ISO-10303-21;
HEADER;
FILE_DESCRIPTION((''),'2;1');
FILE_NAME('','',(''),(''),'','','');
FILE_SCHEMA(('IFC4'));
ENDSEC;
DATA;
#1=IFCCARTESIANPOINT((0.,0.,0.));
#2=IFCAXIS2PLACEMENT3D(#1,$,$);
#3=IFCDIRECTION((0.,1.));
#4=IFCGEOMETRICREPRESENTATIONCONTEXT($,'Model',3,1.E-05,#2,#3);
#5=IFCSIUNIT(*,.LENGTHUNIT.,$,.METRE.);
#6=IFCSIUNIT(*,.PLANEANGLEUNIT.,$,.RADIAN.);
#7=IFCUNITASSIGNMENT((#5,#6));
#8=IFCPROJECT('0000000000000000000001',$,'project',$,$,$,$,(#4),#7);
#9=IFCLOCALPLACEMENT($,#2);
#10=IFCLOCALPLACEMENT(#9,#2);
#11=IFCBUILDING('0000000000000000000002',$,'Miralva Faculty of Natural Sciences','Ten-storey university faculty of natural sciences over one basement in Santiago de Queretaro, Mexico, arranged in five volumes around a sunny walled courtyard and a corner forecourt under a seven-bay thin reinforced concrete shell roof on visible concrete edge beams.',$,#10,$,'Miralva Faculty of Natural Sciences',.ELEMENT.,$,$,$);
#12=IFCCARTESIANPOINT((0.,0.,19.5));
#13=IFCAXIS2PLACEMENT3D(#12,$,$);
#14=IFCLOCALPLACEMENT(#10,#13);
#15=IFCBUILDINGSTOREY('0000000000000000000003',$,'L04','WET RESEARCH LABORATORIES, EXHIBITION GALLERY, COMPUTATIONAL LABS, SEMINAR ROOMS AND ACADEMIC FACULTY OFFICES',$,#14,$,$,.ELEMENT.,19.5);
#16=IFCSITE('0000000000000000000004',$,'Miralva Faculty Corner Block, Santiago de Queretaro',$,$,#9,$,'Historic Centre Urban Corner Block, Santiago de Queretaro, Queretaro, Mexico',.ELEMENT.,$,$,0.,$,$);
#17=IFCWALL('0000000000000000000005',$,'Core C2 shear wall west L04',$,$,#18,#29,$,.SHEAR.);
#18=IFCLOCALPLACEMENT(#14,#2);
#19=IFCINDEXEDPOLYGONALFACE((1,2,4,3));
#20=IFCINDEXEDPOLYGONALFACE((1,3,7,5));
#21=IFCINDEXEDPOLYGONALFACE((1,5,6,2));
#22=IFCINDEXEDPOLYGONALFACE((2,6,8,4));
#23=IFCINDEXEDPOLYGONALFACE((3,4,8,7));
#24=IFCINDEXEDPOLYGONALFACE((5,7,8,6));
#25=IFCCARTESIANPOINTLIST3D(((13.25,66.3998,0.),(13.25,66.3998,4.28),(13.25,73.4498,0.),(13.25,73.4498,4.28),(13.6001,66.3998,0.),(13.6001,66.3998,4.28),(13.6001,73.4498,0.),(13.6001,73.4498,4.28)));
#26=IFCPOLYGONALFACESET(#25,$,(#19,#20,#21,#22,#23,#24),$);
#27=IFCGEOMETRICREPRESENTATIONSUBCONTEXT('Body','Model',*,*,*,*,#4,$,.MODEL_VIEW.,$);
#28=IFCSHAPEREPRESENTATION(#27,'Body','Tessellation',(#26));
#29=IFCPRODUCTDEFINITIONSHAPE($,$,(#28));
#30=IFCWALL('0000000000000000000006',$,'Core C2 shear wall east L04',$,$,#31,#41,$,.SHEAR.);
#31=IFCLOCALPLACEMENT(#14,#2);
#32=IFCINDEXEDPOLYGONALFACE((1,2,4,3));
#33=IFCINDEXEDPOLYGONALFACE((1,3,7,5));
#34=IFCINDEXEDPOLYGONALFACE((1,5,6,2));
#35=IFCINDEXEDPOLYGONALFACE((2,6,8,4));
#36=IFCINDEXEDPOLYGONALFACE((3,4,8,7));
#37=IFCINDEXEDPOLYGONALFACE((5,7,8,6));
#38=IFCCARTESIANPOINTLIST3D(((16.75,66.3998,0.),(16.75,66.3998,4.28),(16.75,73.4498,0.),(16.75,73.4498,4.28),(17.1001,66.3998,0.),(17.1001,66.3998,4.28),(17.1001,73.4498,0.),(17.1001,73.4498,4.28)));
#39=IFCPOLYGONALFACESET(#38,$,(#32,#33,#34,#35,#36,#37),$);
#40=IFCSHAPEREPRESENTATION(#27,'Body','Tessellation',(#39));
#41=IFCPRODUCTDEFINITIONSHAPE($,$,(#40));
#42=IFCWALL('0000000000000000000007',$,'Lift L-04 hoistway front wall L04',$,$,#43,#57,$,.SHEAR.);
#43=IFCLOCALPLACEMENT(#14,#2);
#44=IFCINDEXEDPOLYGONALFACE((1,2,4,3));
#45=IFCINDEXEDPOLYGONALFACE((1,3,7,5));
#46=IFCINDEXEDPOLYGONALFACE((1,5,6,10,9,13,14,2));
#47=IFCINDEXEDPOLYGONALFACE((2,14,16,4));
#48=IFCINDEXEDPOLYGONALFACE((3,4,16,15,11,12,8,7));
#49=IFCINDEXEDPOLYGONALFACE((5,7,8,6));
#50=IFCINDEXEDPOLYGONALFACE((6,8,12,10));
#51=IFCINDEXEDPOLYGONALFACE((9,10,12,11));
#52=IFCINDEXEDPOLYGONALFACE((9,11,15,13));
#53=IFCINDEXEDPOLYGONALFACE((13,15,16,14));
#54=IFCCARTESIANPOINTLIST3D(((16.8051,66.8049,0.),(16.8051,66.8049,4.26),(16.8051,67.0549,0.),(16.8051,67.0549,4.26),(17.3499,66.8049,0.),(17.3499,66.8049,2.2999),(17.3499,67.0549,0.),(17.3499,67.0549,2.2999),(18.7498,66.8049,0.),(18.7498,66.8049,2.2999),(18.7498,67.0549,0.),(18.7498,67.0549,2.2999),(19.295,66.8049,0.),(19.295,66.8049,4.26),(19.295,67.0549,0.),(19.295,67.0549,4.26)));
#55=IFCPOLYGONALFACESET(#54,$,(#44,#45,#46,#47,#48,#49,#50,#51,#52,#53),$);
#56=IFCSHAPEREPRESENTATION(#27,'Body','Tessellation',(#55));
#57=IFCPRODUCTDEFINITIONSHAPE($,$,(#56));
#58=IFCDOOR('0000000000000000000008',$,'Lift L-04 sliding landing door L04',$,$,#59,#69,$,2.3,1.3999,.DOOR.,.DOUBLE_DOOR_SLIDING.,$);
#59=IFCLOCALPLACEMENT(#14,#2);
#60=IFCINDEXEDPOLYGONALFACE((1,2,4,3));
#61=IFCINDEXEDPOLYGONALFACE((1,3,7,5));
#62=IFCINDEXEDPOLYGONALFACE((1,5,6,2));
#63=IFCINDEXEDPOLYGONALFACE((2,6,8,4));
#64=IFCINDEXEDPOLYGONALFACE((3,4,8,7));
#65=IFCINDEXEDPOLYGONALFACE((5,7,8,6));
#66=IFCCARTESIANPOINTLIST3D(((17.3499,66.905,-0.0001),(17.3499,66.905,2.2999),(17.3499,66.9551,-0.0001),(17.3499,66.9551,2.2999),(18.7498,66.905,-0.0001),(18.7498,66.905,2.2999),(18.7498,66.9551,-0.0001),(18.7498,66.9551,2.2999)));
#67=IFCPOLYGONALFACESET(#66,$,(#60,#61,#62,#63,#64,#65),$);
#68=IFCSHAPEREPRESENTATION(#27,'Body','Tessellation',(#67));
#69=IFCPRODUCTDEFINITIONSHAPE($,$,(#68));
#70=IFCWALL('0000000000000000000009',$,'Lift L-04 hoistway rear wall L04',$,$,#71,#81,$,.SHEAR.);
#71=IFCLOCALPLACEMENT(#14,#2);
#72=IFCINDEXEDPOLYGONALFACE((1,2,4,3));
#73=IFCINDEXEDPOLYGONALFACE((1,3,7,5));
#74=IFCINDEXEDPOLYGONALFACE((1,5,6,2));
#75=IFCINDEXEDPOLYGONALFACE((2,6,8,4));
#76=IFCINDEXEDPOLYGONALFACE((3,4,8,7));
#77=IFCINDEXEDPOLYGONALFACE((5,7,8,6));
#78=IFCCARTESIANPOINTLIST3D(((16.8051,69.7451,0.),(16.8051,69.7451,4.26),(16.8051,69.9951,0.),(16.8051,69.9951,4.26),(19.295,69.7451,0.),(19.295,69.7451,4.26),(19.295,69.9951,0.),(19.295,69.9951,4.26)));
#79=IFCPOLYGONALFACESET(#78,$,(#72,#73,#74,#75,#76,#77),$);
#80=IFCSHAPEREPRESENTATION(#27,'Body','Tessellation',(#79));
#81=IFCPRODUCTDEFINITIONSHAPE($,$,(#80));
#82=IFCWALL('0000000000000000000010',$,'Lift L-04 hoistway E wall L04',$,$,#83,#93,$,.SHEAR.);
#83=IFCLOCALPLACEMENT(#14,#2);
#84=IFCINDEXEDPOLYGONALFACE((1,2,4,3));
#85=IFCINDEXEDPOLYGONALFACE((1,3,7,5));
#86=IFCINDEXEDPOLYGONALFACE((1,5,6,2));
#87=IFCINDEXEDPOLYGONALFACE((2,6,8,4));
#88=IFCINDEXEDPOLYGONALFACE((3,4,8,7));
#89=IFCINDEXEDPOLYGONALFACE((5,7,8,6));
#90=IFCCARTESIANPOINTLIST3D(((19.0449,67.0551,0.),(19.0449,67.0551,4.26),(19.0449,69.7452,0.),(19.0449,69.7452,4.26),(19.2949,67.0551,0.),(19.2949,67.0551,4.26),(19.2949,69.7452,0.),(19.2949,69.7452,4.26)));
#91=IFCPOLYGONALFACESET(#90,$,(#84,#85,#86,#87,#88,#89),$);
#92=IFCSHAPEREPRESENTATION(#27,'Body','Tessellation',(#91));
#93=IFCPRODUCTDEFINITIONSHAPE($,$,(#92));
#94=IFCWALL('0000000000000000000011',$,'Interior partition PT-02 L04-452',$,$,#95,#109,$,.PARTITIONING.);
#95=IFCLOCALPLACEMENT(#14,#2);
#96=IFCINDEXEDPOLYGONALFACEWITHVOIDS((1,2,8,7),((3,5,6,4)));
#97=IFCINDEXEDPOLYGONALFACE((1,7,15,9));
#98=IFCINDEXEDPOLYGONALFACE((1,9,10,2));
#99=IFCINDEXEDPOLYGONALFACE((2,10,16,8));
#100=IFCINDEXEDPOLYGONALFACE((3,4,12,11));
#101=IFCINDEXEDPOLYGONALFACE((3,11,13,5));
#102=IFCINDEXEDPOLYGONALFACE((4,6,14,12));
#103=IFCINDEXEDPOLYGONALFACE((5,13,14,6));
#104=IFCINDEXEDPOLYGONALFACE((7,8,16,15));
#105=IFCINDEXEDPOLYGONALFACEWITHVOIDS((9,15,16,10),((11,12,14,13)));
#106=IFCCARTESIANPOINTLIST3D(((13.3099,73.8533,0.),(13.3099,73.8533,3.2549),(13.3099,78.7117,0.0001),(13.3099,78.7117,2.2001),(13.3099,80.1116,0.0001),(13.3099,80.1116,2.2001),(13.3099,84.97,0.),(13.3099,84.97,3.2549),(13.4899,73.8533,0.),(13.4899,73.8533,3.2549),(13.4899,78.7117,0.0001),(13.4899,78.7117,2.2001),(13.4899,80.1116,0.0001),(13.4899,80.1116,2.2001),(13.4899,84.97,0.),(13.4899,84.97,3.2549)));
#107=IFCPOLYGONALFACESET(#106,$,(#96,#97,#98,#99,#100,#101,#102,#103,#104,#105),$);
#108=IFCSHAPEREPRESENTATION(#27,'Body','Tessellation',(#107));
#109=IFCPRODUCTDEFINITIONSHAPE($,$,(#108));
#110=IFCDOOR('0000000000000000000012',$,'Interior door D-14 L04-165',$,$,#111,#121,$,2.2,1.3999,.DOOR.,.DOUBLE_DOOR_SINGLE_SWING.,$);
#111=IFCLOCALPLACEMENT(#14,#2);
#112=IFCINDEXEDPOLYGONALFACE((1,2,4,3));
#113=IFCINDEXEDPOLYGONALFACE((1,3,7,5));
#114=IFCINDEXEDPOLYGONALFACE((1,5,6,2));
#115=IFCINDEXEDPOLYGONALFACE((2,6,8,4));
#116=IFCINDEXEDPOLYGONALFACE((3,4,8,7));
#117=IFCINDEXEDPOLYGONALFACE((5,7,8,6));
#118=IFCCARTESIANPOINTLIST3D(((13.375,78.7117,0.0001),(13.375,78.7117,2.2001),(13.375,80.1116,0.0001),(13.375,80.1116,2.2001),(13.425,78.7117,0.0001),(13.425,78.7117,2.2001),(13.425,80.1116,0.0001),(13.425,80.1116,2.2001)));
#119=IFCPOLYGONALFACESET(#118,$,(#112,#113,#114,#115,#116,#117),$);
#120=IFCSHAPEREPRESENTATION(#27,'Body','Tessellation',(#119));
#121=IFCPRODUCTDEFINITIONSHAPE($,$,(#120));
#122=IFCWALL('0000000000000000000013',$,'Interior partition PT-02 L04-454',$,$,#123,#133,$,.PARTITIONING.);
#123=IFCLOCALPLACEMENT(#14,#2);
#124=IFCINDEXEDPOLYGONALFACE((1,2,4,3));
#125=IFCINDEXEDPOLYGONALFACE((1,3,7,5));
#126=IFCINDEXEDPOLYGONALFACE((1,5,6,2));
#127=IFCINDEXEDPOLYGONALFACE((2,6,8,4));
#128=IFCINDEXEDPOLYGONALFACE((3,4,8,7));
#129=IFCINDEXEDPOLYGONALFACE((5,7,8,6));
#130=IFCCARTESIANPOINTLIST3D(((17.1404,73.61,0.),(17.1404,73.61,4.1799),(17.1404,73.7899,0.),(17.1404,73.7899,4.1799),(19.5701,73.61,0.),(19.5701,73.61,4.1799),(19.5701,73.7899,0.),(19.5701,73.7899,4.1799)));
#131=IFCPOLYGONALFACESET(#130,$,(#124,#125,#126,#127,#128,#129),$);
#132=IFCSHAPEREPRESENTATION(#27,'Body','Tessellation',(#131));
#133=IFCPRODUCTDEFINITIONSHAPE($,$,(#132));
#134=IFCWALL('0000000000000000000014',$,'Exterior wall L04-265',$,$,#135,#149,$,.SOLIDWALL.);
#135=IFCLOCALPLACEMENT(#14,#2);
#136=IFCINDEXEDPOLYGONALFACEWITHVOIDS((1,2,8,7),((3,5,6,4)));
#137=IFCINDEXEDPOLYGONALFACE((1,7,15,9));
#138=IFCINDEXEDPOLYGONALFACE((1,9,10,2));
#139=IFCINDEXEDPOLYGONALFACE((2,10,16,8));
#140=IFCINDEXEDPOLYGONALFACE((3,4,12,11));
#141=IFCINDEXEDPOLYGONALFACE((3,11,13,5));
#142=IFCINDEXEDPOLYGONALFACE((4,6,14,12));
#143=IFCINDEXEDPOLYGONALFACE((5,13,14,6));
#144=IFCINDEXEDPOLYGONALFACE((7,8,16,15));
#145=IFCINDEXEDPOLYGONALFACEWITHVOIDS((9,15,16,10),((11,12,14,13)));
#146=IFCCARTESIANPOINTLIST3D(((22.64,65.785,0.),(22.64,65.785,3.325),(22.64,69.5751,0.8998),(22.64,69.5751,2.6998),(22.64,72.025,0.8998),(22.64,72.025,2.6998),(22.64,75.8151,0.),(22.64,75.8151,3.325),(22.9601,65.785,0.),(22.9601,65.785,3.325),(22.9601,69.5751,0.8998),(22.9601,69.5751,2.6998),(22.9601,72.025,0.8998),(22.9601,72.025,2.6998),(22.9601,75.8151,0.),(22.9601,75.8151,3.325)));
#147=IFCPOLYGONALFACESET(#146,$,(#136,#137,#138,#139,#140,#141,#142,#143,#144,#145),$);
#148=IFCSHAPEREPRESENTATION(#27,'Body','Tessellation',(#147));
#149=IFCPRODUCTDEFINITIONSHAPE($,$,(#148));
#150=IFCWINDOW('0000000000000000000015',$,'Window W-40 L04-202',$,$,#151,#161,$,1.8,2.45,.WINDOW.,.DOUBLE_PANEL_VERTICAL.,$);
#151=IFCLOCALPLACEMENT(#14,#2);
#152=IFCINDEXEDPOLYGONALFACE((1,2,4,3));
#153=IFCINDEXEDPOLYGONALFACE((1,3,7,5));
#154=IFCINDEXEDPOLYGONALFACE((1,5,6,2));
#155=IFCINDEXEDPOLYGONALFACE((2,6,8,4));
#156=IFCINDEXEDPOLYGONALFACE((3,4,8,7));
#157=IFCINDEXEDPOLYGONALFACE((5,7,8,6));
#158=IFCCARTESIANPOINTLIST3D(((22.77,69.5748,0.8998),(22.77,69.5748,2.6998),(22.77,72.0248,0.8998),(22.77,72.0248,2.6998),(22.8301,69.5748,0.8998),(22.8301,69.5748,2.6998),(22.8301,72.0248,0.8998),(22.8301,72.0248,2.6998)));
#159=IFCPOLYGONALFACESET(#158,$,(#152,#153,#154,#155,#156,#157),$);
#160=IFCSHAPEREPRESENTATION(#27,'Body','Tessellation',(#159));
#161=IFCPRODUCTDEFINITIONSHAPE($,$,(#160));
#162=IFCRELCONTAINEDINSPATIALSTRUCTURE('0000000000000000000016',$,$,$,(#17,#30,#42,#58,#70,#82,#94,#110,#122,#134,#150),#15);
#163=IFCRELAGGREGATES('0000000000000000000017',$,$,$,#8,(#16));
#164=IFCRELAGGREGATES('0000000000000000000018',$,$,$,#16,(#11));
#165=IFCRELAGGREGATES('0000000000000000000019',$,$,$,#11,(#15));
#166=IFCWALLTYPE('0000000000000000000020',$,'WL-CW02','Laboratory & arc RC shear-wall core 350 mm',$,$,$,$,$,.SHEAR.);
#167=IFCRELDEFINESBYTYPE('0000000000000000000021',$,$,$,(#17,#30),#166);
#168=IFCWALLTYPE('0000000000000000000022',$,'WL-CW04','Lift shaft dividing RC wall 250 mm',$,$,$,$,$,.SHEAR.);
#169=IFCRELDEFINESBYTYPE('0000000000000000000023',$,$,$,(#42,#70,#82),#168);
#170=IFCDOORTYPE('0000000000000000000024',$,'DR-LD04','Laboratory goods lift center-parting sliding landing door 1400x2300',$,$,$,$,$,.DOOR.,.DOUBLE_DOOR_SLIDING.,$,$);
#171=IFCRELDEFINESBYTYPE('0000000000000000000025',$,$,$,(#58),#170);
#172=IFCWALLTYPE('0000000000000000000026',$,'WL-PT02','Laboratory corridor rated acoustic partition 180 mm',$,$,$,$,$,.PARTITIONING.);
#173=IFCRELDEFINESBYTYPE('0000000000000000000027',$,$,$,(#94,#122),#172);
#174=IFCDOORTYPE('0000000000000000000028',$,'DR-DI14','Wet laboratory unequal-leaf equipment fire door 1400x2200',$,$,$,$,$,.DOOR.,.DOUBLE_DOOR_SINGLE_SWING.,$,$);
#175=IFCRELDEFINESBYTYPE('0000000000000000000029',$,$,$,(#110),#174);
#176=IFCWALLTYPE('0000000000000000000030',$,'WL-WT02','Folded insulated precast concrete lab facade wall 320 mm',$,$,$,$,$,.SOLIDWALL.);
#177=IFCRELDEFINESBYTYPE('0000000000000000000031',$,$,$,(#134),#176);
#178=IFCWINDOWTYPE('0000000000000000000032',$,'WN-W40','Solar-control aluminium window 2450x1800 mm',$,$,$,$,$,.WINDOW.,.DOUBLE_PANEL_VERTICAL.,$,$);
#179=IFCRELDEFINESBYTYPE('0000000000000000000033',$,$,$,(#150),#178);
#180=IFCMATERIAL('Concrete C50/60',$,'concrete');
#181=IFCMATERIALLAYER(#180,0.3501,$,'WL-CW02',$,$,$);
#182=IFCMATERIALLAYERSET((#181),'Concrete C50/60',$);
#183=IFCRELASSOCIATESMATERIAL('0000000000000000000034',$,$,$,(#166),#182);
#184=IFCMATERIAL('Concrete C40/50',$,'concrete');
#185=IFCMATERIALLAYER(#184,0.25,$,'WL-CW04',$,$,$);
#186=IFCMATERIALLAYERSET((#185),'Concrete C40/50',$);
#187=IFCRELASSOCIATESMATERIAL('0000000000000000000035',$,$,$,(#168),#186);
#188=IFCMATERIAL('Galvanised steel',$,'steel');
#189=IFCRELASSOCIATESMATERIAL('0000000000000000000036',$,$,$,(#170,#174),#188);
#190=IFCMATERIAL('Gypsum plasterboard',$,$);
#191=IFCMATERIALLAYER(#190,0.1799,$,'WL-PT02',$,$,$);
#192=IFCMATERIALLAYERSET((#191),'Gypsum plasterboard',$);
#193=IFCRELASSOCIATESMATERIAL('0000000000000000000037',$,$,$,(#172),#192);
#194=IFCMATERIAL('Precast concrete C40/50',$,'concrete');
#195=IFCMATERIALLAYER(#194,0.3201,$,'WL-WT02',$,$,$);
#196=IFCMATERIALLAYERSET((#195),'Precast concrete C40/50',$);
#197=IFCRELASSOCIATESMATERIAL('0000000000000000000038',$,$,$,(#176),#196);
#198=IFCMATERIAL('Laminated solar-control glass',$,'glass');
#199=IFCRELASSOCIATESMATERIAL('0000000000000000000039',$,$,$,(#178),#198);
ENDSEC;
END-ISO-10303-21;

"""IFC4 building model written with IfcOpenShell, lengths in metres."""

from ifc_helpers import new_model, si_unit, direction, frame, frame_2d, origin, place, context, subcontext, project, spatial, rectangle, extrude, material, layer, layer_set, type_object, element, fill, save


model = new_model("IFC4")

# Units and contexts
model_context = context("Model", 3, precision=1e-05, world=origin(), true_north=direction((0.0, 1.0)))
body_context = subcontext(model_context, "Body", "Model", "MODEL_VIEW")
ifc_project = project(units=[si_unit("LENGTHUNIT", "METRE"), si_unit("PLANEANGLEUNIT", "RADIAN")], contexts=[model_context])

# Site, building, storey
site_placement = place(None, origin())
site = spatial("IfcSite", under=ifc_project, at=site_placement, Name="Miralva Faculty Corner Block, Santiago de Queretaro", LongName="Historic Centre Urban Corner Block, Santiago de Queretaro, Queretaro, Mexico", CompositionType="ELEMENT", RefElevation=0.0)
building_placement = place(site_placement, origin())
building = spatial("IfcBuilding", under=site, at=building_placement, Name="Miralva Faculty of Natural Sciences", Description="Ten-storey university faculty of natural sciences over one basement in Santiago de Queretaro, Mexico, arranged in five volumes around a sunny walled courtyard and a corner forecourt under a seven-bay thin reinforced concrete shell roof on visible concrete edge beams.", LongName="Miralva Faculty of Natural Sciences", CompositionType="ELEMENT")
storey_placement = place(building_placement, frame((0.0, 0.0, 19.5)))
storey = spatial("IfcBuildingStorey", under=building, at=storey_placement, Name="L04", Description="WET RESEARCH LABORATORIES, EXHIBITION GALLERY, COMPUTATIONAL LABS, SEMINAR ROOMS AND ACADEMIC FACULTY OFFICES", CompositionType="ELEMENT", Elevation=19.5)

# Shared definitions
ifc_material_1 = material(Name="Concrete C40/50", Category="concrete")

# Shared definitions
ifc_material_2 = material(Name="Concrete C50/60", Category="concrete")
ifc_layer_1 = layer(ifc_material_2, 0.3501, Name="WL-CW02")
ifc_layer_set_1 = layer_set([ifc_layer_1], Name="Concrete C50/60")
wall_type_1 = type_object("IfcWallType", Name="WL-CW02", Description="Laboratory & arc RC shear-wall core 350 mm", PredefinedType="SHEAR", material=ifc_layer_set_1)
ifc_material_3 = material(Name="Galvanised steel", Category="steel")

# Walls
for number, where, z_axis, x_axis, name in (
    (1, (13.425, 66.3999, 0.0), (0.0, 0.0, 1.0), (0.0, 1.0, 0.0), "Core C2 shear wall west L04"),
    (2, (16.925, 66.3999, 0.0), (0.0, 0.0, 1.0), (0.0, 1.0, 0.0), "Core C2 shear wall east L04"),
):
    element("IfcWall", number, at=place(storey_placement, frame(where, z_axis=z_axis, x_axis=x_axis)), inside=storey, type_object=wall_type_1, Name=name, PredefinedType="SHEAR", context=body_context, shape_type="SweptSolid", body=[
        extrude(rectangle(XDim=7.05, YDim=0.3501, at=frame_2d((3.5249, 0.0))), origin(), (0.0, 0.0, 1.0), 4.28),
    ])

# Wall, opening, door
ifc_layer_2 = layer(ifc_material_1, 0.25, Name="WL-CW04")
ifc_layer_set_2 = layer_set([ifc_layer_2], Name="Concrete C40/50")
wall_type_2 = type_object("IfcWallType", Name="WL-CW04", Description="Lift shaft dividing RC wall 250 mm", PredefinedType="SHEAR", material=ifc_layer_set_2)
wall_1_placement = place(storey_placement, frame((16.8049, 66.9299, 0.0), z_axis=(0.0, 0.0, 1.0), x_axis=(1.0, 0.0, 0.0)))
wall_1 = element("IfcWall", 3, at=wall_1_placement, inside=storey, type_object=wall_type_2, Name="Lift L-04 hoistway front wall L04", PredefinedType="SHEAR", context=body_context, shape_type="SweptSolid", body=[
    extrude(rectangle(XDim=2.49, YDim=0.25, at=frame_2d((1.2451, 0.0))), origin(), (0.0, 0.0, 1.0), 4.26),
])
opening_1_placement = place(wall_1_placement, frame((0.5449, 0.0, 0.0)))
opening_1 = element("IfcOpeningElement", 4, at=opening_1_placement, cuts=wall_1, PredefinedType="OPENING", context=body_context, shape_type="SweptSolid", body=[
    extrude(rectangle(XDim=1.3999, YDim=2.3, at=frame_2d((0.7, 1.1499))), frame((0.0, 0.135, 0.0), z_axis=(0.0, -1.0, 0.0), x_axis=(1.0, 0.0, 0.0)), (0.0, 0.0, 1.0), 0.27),
])
door_type_1 = type_object("IfcDoorType", Name="DR-LD04", Description="Laboratory goods lift center-parting sliding landing door 1400x2300", OperationType="DOUBLE_DOOR_SLIDING", PredefinedType="DOOR", material=ifc_material_3)
door_1_placement = place(opening_1_placement, frame((1.3999, 0.0, 0.0), z_axis=(0.0, 0.0, 1.0), x_axis=(-1.0, 0.0, 0.0)))
door_1 = element("IfcDoor", 5, at=door_1_placement, inside=storey, type_object=door_type_1, Name="Lift L-04 sliding landing door L04", OperationType="DOUBLE_DOOR_SLIDING", OverallHeight=2.3, OverallWidth=1.3999, PredefinedType="DOOR", context=body_context, shape_type="SweptSolid", body=[
    extrude(rectangle(XDim=1.3999, YDim=2.3, at=frame_2d((0.7, 1.1499))), frame((0.0, 0.0249, 0.0), z_axis=(0.0, -1.0, 0.0), x_axis=(1.0, 0.0, 0.0)), (0.0, 0.0, 1.0), 0.05),
])
fill(opening_1, door_1)

# Walls
wall_2_placement = place(storey_placement, frame((16.8049, 69.8701, 0.0), z_axis=(0.0, 0.0, 1.0), x_axis=(1.0, 0.0, 0.0)))
element("IfcWall", 6, at=wall_2_placement, inside=storey, type_object=wall_type_2, Name="Lift L-04 hoistway rear wall L04", PredefinedType="SHEAR", context=body_context, shape_type="SweptSolid", body=[
    extrude(rectangle(XDim=2.49, YDim=0.25, at=frame_2d((1.2451, 0.0))), origin(), (0.0, 0.0, 1.0), 4.26),
])
wall_3_placement = place(storey_placement, frame((19.1699, 67.0549, 0.0), z_axis=(0.0, 0.0, 1.0), x_axis=(0.0, 1.0, 0.0)))
element("IfcWall", 7, at=wall_3_placement, inside=storey, type_object=wall_type_2, Name="Lift L-04 hoistway E wall L04", PredefinedType="SHEAR", context=body_context, shape_type="SweptSolid", body=[
    extrude(rectangle(XDim=2.6902, YDim=0.25, at=frame_2d((1.3452, 0.0))), origin(), (0.0, 0.0, 1.0), 4.26),
])

# Wall, opening, door
ifc_material_4 = material(Name="Gypsum plasterboard")
ifc_layer_3 = layer(ifc_material_4, 0.1799, Name="WL-PT02")
ifc_layer_set_3 = layer_set([ifc_layer_3], Name="Gypsum plasterboard")
wall_type_3 = type_object("IfcWallType", Name="WL-PT02", Description="Laboratory corridor rated acoustic partition 180 mm", PredefinedType="PARTITIONING", material=ifc_layer_set_3)
wall_4_placement = place(storey_placement, frame((13.3999, 73.8533, 0.0), z_axis=(0.0, 0.0, 1.0), x_axis=(0.0, 1.0, 0.0)))
wall_4 = element("IfcWall", 8, at=wall_4_placement, inside=storey, type_object=wall_type_3, Name="Interior partition PT-02 L04-452", PredefinedType="PARTITIONING", context=body_context, shape_type="SweptSolid", body=[
    extrude(rectangle(XDim=11.1167, YDim=0.1799, at=frame_2d((5.5583, 0.0))), origin(), (0.0, 0.0, 1.0), 3.2549),
])
opening_2_placement = place(wall_4_placement, frame((4.8584, 0.0, 0.0)))
opening_2 = element("IfcOpeningElement", 9, at=opening_2_placement, cuts=wall_4, PredefinedType="OPENING", context=body_context, shape_type="SweptSolid", body=[
    extrude(rectangle(XDim=1.3999, YDim=2.2, at=frame_2d((0.7, 1.1001))), frame((0.0, 0.0999, 0.0), z_axis=(0.0, -1.0, 0.0), x_axis=(1.0, 0.0, 0.0)), (0.0, 0.0, 1.0), 0.2),
])
door_type_2 = type_object("IfcDoorType", Name="DR-DI14", Description="Wet laboratory unequal-leaf equipment fire door 1400x2200", OperationType="DOUBLE_DOOR_SINGLE_SWING", PredefinedType="DOOR", material=ifc_material_3)
door_2_placement = place(opening_2_placement, origin())
door_2 = element("IfcDoor", 10, at=door_2_placement, inside=storey, type_object=door_type_2, Name="Interior door D-14 L04-165", OperationType="DOUBLE_DOOR_SINGLE_SWING", OverallHeight=2.2, OverallWidth=1.3999, PredefinedType="DOOR", context=body_context, shape_type="SweptSolid", body=[
    extrude(rectangle(XDim=1.3999, YDim=2.2, at=frame_2d((0.7, 1.1001))), frame((0.0, 0.0249, 0.0), z_axis=(0.0, -1.0, 0.0), x_axis=(1.0, 0.0, 0.0)), (0.0, 0.0, 1.0), 0.05),
])
fill(opening_2, door_2)

# Wall
wall_5_placement = place(storey_placement, frame((17.1404, 73.7, 0.0), z_axis=(0.0, 0.0, 1.0), x_axis=(1.0, 0.0, 0.0)))
element("IfcWall", 11, at=wall_5_placement, inside=storey, type_object=wall_type_3, Name="Interior partition PT-02 L04-454", PredefinedType="PARTITIONING", context=body_context, shape_type="SweptSolid", body=[
    extrude(rectangle(XDim=2.4297, YDim=0.1799, at=frame_2d((1.2148, 0.0))), origin(), (0.0, 0.0, 1.0), 4.1799),
])

# Wall, opening, window
ifc_material_5 = material(Name="Precast concrete C40/50", Category="concrete")
ifc_layer_4 = layer(ifc_material_5, 0.3201, Name="WL-WT02")
ifc_layer_set_4 = layer_set([ifc_layer_4], Name="Precast concrete C40/50")
wall_type_4 = type_object("IfcWallType", Name="WL-WT02", Description="Folded insulated precast concrete lab facade wall 320 mm", PredefinedType="SOLIDWALL", material=ifc_layer_set_4)
wall_6_placement = place(storey_placement, frame((22.8, 65.7849, 0.0), z_axis=(0.0, 0.0, 1.0), x_axis=(0.0, 1.0, 0.0)))
wall_6 = element("IfcWall", 12, at=wall_6_placement, inside=storey, type_object=wall_type_4, Name="Exterior wall L04-265", PredefinedType="SOLIDWALL", context=body_context, shape_type="SweptSolid", body=[
    extrude(rectangle(XDim=10.03, YDim=0.3201, at=frame_2d((5.0151, 0.0))), origin(), (0.0, 0.0, 1.0), 3.325),
])
opening_3_placement = place(wall_6_placement, frame((3.79, 0.0, 0.8999)))
opening_3 = element("IfcOpeningElement", 13, at=opening_3_placement, cuts=wall_6, PredefinedType="OPENING", context=body_context, shape_type="SweptSolid", body=[
    extrude(rectangle(XDim=2.45, YDim=1.8, at=frame_2d((1.2251, 0.8999))), frame((0.0, 0.1699, 0.0), z_axis=(0.0, -1.0, 0.0), x_axis=(1.0, 0.0, 0.0)), (0.0, 0.0, 1.0), 0.3401),
])
ifc_material_6 = material(Name="Laminated solar-control glass", Category="glass")
window_type = type_object("IfcWindowType", Name="WN-W40", Description="Solar-control aluminium window 2450x1800 mm", PartitioningType="DOUBLE_PANEL_VERTICAL", PredefinedType="WINDOW", material=ifc_material_6)
window_placement = place(opening_3_placement, frame((2.45, 0.0, 0.0), z_axis=(0.0, 0.0, 1.0), x_axis=(-1.0, 0.0, 0.0)))
window = element("IfcWindow", 14, at=window_placement, inside=storey, type_object=window_type, Name="Window W-40 L04-202", OverallHeight=1.8, OverallWidth=2.45, PartitioningType="DOUBLE_PANEL_VERTICAL", PredefinedType="WINDOW", context=body_context, shape_type="SweptSolid", body=[
    extrude(rectangle(XDim=2.45, YDim=1.8, at=frame_2d((1.2251, 0.8999))), frame((0.0, 0.03, 0.0), z_axis=(0.0, -1.0, 0.0), x_axis=(1.0, 0.0, 0.0)), (0.0, 0.0, 1.0), 0.0601),
])
fill(opening_3, window)

save(model, "model.ifc")
